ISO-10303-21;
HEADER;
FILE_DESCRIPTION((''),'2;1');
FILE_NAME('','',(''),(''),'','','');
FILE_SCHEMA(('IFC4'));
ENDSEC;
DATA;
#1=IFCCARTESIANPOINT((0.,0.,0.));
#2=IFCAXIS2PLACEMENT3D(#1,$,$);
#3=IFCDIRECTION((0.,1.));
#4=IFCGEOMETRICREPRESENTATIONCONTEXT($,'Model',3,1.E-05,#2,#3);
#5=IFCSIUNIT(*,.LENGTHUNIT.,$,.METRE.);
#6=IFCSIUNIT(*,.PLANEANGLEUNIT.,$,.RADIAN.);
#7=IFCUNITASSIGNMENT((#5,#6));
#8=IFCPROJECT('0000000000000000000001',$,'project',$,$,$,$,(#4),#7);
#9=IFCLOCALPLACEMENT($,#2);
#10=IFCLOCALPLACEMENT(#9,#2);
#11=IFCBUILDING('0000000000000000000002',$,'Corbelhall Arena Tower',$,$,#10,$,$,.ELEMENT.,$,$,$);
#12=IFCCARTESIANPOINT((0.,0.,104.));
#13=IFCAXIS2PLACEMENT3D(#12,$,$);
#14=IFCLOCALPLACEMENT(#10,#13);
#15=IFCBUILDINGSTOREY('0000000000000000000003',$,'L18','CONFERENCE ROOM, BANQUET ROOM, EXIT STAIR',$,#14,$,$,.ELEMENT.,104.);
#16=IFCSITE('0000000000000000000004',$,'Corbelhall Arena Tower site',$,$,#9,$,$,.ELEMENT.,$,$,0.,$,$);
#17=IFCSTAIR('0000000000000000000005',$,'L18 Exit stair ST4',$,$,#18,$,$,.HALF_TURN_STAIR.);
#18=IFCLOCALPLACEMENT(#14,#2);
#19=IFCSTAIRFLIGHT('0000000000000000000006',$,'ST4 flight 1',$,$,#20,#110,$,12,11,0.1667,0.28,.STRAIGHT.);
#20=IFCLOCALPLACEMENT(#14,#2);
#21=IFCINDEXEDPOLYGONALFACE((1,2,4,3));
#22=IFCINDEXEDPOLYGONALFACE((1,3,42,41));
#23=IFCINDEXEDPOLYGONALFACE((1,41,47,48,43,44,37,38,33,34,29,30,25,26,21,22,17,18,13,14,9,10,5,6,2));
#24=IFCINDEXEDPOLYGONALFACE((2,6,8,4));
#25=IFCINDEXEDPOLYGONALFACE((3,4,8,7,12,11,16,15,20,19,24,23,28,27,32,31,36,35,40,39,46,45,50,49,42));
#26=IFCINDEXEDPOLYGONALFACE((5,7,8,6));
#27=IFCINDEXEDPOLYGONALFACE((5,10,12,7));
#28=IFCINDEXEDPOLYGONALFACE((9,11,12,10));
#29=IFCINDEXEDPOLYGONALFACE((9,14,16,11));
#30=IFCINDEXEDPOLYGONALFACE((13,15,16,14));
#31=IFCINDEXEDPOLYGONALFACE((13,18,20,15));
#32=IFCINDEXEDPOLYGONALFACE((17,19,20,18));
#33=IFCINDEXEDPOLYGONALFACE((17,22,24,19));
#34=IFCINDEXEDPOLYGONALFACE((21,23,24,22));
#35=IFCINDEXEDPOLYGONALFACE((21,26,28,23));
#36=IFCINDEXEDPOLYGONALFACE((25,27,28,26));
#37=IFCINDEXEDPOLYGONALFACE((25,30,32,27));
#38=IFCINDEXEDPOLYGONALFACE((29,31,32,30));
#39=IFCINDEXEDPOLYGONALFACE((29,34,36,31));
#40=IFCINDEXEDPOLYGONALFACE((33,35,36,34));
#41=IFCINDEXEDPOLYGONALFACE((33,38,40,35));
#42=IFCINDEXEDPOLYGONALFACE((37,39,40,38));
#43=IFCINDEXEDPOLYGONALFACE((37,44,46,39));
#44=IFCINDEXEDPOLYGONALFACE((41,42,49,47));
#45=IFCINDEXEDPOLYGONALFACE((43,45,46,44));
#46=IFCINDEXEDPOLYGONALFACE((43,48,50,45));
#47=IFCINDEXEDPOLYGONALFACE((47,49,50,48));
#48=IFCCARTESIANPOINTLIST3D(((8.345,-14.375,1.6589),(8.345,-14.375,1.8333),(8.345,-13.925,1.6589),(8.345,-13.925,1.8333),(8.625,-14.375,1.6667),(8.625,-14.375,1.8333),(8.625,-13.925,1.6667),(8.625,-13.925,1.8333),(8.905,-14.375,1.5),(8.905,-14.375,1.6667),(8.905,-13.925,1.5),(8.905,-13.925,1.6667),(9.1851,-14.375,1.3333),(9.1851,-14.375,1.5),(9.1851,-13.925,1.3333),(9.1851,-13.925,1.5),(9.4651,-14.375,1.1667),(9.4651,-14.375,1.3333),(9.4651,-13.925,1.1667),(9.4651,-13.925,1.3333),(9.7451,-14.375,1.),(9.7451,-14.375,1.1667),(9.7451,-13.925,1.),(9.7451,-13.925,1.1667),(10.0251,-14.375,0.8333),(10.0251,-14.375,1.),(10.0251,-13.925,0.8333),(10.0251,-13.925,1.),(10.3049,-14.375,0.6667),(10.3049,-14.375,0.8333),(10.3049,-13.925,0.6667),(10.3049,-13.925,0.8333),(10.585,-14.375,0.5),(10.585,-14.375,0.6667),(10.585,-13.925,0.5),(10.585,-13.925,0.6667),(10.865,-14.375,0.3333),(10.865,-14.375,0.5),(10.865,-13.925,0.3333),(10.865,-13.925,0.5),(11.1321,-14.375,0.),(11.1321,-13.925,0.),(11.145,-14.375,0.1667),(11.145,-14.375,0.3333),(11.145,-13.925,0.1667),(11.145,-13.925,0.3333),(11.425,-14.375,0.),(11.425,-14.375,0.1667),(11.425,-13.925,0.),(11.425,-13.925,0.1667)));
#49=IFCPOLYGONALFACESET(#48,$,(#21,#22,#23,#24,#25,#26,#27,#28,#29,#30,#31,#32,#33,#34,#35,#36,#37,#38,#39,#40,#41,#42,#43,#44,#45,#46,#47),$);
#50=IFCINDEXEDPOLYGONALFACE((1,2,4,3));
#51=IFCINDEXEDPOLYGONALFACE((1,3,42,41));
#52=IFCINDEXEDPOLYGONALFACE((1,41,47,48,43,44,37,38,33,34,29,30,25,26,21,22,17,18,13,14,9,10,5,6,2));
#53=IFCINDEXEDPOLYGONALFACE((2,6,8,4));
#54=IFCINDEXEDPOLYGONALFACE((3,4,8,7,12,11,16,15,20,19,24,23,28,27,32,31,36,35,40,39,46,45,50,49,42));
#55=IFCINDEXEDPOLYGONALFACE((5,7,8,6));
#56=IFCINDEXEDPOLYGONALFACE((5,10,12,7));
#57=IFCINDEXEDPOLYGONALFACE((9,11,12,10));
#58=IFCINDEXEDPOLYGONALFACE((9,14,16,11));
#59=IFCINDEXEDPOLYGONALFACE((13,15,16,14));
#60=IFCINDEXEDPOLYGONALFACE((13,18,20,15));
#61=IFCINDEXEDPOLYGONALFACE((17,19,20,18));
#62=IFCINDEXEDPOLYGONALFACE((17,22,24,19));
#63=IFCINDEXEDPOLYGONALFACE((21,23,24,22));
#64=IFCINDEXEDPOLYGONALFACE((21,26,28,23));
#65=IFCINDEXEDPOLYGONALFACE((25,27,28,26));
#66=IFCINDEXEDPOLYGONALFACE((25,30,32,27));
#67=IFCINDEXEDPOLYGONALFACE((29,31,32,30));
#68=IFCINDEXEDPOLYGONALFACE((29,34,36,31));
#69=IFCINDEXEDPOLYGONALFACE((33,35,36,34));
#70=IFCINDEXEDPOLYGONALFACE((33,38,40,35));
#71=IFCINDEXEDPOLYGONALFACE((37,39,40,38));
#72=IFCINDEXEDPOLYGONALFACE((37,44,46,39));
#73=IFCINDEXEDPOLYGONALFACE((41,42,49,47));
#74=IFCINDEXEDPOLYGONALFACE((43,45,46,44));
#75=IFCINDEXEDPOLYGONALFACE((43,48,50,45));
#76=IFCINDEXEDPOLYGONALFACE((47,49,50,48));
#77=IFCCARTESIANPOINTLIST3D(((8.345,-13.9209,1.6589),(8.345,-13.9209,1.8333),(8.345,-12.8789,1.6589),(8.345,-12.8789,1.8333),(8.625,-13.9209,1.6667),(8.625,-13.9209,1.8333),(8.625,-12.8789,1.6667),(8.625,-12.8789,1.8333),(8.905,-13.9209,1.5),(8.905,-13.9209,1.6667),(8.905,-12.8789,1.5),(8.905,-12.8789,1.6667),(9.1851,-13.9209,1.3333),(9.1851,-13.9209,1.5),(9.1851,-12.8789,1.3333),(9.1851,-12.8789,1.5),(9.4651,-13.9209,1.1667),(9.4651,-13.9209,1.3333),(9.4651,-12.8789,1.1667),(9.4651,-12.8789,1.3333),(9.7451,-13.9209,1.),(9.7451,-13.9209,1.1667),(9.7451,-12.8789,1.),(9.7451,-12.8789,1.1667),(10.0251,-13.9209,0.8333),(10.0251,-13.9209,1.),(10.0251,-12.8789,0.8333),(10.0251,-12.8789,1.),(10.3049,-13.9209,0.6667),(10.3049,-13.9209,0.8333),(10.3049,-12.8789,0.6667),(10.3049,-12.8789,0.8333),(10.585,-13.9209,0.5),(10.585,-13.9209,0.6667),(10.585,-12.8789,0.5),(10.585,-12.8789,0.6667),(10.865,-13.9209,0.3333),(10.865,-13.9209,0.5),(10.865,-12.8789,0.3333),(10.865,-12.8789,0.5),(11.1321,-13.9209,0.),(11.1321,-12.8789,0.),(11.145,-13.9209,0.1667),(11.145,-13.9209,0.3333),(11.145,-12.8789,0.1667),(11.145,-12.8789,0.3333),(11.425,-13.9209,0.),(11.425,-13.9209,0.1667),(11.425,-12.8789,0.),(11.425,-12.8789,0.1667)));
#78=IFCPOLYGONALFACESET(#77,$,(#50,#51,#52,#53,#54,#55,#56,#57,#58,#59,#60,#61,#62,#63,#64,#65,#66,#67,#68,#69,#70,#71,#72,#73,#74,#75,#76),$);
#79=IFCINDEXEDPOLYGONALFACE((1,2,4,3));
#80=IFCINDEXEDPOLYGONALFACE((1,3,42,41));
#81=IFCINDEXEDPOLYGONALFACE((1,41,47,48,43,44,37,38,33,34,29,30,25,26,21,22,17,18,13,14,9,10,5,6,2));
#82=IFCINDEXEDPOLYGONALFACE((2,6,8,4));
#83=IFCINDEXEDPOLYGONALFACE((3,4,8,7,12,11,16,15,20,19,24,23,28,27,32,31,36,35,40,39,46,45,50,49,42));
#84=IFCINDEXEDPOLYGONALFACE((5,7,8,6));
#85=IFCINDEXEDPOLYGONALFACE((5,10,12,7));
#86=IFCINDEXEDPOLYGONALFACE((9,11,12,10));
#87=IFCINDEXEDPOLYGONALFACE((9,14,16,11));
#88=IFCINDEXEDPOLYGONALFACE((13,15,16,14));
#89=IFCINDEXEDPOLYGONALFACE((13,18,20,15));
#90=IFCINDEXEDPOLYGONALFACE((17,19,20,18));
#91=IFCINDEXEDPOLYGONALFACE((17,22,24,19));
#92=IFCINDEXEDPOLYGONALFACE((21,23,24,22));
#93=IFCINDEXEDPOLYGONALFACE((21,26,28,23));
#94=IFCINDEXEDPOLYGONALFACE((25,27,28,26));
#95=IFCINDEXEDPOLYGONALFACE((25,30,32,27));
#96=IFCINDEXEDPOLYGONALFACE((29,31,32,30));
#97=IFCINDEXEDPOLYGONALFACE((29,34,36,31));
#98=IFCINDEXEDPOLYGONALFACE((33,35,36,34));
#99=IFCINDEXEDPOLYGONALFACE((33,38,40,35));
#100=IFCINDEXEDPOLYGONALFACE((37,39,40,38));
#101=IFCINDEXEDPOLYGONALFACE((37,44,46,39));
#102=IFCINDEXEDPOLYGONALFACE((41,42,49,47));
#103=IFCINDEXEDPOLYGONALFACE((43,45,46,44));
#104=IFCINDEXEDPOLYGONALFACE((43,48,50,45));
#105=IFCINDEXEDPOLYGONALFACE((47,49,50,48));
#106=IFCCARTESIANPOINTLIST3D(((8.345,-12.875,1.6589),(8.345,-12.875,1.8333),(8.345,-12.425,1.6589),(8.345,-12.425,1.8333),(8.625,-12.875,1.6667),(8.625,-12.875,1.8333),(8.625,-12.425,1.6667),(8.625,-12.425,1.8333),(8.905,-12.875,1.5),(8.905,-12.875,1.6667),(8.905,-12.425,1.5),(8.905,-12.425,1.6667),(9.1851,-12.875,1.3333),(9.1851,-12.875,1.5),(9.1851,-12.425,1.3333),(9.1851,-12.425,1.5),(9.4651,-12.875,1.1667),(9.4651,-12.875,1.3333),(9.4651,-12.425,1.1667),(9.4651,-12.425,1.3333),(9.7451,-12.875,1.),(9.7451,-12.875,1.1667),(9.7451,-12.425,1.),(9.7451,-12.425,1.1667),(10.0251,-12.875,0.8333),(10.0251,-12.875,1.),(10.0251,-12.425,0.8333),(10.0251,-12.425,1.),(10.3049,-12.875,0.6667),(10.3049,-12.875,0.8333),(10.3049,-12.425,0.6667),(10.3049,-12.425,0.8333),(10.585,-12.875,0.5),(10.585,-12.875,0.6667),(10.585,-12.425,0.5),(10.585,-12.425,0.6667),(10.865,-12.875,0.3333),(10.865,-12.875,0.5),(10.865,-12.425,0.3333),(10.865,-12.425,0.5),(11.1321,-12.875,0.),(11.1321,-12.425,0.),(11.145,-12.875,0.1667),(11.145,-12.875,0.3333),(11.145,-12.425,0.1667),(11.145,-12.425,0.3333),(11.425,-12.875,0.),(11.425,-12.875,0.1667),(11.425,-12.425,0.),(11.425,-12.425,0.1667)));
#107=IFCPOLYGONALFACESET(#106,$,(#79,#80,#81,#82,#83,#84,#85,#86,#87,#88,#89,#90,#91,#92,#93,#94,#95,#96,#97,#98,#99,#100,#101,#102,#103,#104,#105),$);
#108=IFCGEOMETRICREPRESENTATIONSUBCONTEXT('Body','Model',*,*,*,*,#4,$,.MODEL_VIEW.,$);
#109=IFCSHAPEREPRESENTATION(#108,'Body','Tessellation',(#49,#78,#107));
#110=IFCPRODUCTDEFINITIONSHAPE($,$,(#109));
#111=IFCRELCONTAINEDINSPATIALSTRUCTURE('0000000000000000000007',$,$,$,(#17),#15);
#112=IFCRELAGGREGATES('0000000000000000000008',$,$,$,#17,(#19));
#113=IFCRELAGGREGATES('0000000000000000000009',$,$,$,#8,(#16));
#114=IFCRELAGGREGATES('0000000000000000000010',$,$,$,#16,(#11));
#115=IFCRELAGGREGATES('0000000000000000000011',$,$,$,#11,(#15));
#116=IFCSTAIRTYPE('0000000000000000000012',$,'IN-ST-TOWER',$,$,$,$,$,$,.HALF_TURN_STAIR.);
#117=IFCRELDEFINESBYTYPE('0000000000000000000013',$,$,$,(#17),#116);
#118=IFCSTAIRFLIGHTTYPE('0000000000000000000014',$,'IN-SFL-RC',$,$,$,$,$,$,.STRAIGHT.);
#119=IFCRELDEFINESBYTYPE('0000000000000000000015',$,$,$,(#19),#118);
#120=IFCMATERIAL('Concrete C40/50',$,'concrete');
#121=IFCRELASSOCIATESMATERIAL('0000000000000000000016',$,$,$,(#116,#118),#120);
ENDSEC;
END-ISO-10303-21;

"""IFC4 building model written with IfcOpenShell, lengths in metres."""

from ifc_helpers import new_model, si_unit, direction, frame, origin, place, context, subcontext, project, spatial, polyline, outline, extrude, material, type_object, element, aggregate, save


model = new_model("IFC4")

# Units and contexts
model_context = context("Model", 3, precision=1e-05, world=origin(), true_north=direction((0.0, 1.0)))
body_context = subcontext(model_context, "Body", "Model", "MODEL_VIEW")
ifc_project = project(units=[si_unit("LENGTHUNIT", "METRE"), si_unit("PLANEANGLEUNIT", "RADIAN")], contexts=[model_context])

# Site, building, storey
site_placement = place(None, origin())
site = spatial("IfcSite", under=ifc_project, at=site_placement, Name="Corbelhall Arena Tower site", CompositionType="ELEMENT", RefElevation=0.0)
building_placement = place(site_placement, origin())
building = spatial("IfcBuilding", under=site, at=building_placement, Name="Corbelhall Arena Tower", CompositionType="ELEMENT")
storey_placement = place(building_placement, frame((0.0, 0.0, 104.0)))
storey = spatial("IfcBuildingStorey", under=building, at=storey_placement, Name="L18", Description="CONFERENCE ROOM, BANQUET ROOM, EXIT STAIR", CompositionType="ELEMENT", Elevation=104.0)

# Shared definitions
ifc_material_1 = material(Name="Concrete C40/50", Category="concrete")

# Stair, stair flight
stair_type = type_object("IfcStairType", Name="IN-ST-TOWER", PredefinedType="HALF_TURN_STAIR", material=ifc_material_1)
stair_placement = place(storey_placement, origin())
stair = element("IfcStair", 1, at=stair_placement, inside=storey, type_object=stair_type, Name="L18 Exit stair ST4", PredefinedType="HALF_TURN_STAIR")
stair_flight_type = type_object("IfcStairFlightType", Name="IN-SFL-RC", PredefinedType="STRAIGHT", material=ifc_material_1)
stair_flight_placement = place(storey_placement, frame((11.425, -13.3999, 0.0), z_axis=(0.0, 0.0, 1.0), x_axis=(-1.0, 0.0, 0.0)))
stair_flight = element("IfcStairFlight", 2, at=stair_flight_placement, type_object=stair_flight_type, Name="ST4 flight 1", NumberOfRisers=12, NumberOfTreads=11, PredefinedType="STRAIGHT", RiserHeight=0.1667, TreadLength=0.28, context=body_context, shape_type="SweptSolid", body=[
    extrude(outline(polyline([(0.0, 0.0), (0.0, 0.1667), (0.28, 0.1667), (0.28, 0.3333), (0.5601, 0.3333), (0.5601, 0.5), (0.8401, 0.5), (0.8401, 0.6667), (1.1201, 0.6667), (1.1201, 0.8333), (1.3999, 0.8333), (1.3999, 1.0), (1.6799, 1.0), (1.6799, 1.1667), (1.96, 1.1667), (1.96, 1.3333), (2.24, 1.3333), (2.24, 1.5), (2.52, 1.5), (2.52, 1.6667), (2.8, 1.6667), (2.8, 1.8333), (3.0801, 1.8333), (3.0801, 2.0), (3.0801, 1.6589), (0.293, 0.0), (0.0, 0.0)])), frame((0.0, 0.9751, 0.0), z_axis=(0.0, -1.0, 0.0), x_axis=(1.0, 0.0, 0.0)), (0.0, 0.0, 1.0), 0.45),
    extrude(outline(polyline([(0.0, 0.0), (0.0, 0.1667), (0.28, 0.1667), (0.28, 0.3333), (0.5601, 0.3333), (0.5601, 0.5), (0.8401, 0.5), (0.8401, 0.6667), (1.1201, 0.6667), (1.1201, 0.8333), (1.3999, 0.8333), (1.3999, 1.0), (1.6799, 1.0), (1.6799, 1.1667), (1.96, 1.1667), (1.96, 1.3333), (2.24, 1.3333), (2.24, 1.5), (2.52, 1.5), (2.52, 1.6667), (2.8, 1.6667), (2.8, 1.8333), (3.0801, 1.8333), (3.0801, 2.0), (3.0801, 1.6589), (0.293, 0.0), (0.0, 0.0)])), frame((0.0, 0.521, 0.0), z_axis=(0.0, -1.0, 0.0), x_axis=(1.0, 0.0, 0.0)), (0.0, 0.0, 1.0), 1.042),
    extrude(outline(polyline([(0.0, 0.0), (0.0, 0.1667), (0.28, 0.1667), (0.28, 0.3333), (0.5601, 0.3333), (0.5601, 0.5), (0.8401, 0.5), (0.8401, 0.6667), (1.1201, 0.6667), (1.1201, 0.8333), (1.3999, 0.8333), (1.3999, 1.0), (1.6799, 1.0), (1.6799, 1.1667), (1.96, 1.1667), (1.96, 1.3333), (2.24, 1.3333), (2.24, 1.5), (2.52, 1.5), (2.52, 1.6667), (2.8, 1.6667), (2.8, 1.8333), (3.0801, 1.8333), (3.0801, 2.0), (3.0801, 1.6589), (0.293, 0.0), (0.0, 0.0)])), frame((0.0, -0.5249, 0.0), z_axis=(0.0, -1.0, 0.0), x_axis=(1.0, 0.0, 0.0)), (0.0, 0.0, 1.0), 0.45),
])
aggregate(stair, [stair_flight])

save(model, "model.ifc")
